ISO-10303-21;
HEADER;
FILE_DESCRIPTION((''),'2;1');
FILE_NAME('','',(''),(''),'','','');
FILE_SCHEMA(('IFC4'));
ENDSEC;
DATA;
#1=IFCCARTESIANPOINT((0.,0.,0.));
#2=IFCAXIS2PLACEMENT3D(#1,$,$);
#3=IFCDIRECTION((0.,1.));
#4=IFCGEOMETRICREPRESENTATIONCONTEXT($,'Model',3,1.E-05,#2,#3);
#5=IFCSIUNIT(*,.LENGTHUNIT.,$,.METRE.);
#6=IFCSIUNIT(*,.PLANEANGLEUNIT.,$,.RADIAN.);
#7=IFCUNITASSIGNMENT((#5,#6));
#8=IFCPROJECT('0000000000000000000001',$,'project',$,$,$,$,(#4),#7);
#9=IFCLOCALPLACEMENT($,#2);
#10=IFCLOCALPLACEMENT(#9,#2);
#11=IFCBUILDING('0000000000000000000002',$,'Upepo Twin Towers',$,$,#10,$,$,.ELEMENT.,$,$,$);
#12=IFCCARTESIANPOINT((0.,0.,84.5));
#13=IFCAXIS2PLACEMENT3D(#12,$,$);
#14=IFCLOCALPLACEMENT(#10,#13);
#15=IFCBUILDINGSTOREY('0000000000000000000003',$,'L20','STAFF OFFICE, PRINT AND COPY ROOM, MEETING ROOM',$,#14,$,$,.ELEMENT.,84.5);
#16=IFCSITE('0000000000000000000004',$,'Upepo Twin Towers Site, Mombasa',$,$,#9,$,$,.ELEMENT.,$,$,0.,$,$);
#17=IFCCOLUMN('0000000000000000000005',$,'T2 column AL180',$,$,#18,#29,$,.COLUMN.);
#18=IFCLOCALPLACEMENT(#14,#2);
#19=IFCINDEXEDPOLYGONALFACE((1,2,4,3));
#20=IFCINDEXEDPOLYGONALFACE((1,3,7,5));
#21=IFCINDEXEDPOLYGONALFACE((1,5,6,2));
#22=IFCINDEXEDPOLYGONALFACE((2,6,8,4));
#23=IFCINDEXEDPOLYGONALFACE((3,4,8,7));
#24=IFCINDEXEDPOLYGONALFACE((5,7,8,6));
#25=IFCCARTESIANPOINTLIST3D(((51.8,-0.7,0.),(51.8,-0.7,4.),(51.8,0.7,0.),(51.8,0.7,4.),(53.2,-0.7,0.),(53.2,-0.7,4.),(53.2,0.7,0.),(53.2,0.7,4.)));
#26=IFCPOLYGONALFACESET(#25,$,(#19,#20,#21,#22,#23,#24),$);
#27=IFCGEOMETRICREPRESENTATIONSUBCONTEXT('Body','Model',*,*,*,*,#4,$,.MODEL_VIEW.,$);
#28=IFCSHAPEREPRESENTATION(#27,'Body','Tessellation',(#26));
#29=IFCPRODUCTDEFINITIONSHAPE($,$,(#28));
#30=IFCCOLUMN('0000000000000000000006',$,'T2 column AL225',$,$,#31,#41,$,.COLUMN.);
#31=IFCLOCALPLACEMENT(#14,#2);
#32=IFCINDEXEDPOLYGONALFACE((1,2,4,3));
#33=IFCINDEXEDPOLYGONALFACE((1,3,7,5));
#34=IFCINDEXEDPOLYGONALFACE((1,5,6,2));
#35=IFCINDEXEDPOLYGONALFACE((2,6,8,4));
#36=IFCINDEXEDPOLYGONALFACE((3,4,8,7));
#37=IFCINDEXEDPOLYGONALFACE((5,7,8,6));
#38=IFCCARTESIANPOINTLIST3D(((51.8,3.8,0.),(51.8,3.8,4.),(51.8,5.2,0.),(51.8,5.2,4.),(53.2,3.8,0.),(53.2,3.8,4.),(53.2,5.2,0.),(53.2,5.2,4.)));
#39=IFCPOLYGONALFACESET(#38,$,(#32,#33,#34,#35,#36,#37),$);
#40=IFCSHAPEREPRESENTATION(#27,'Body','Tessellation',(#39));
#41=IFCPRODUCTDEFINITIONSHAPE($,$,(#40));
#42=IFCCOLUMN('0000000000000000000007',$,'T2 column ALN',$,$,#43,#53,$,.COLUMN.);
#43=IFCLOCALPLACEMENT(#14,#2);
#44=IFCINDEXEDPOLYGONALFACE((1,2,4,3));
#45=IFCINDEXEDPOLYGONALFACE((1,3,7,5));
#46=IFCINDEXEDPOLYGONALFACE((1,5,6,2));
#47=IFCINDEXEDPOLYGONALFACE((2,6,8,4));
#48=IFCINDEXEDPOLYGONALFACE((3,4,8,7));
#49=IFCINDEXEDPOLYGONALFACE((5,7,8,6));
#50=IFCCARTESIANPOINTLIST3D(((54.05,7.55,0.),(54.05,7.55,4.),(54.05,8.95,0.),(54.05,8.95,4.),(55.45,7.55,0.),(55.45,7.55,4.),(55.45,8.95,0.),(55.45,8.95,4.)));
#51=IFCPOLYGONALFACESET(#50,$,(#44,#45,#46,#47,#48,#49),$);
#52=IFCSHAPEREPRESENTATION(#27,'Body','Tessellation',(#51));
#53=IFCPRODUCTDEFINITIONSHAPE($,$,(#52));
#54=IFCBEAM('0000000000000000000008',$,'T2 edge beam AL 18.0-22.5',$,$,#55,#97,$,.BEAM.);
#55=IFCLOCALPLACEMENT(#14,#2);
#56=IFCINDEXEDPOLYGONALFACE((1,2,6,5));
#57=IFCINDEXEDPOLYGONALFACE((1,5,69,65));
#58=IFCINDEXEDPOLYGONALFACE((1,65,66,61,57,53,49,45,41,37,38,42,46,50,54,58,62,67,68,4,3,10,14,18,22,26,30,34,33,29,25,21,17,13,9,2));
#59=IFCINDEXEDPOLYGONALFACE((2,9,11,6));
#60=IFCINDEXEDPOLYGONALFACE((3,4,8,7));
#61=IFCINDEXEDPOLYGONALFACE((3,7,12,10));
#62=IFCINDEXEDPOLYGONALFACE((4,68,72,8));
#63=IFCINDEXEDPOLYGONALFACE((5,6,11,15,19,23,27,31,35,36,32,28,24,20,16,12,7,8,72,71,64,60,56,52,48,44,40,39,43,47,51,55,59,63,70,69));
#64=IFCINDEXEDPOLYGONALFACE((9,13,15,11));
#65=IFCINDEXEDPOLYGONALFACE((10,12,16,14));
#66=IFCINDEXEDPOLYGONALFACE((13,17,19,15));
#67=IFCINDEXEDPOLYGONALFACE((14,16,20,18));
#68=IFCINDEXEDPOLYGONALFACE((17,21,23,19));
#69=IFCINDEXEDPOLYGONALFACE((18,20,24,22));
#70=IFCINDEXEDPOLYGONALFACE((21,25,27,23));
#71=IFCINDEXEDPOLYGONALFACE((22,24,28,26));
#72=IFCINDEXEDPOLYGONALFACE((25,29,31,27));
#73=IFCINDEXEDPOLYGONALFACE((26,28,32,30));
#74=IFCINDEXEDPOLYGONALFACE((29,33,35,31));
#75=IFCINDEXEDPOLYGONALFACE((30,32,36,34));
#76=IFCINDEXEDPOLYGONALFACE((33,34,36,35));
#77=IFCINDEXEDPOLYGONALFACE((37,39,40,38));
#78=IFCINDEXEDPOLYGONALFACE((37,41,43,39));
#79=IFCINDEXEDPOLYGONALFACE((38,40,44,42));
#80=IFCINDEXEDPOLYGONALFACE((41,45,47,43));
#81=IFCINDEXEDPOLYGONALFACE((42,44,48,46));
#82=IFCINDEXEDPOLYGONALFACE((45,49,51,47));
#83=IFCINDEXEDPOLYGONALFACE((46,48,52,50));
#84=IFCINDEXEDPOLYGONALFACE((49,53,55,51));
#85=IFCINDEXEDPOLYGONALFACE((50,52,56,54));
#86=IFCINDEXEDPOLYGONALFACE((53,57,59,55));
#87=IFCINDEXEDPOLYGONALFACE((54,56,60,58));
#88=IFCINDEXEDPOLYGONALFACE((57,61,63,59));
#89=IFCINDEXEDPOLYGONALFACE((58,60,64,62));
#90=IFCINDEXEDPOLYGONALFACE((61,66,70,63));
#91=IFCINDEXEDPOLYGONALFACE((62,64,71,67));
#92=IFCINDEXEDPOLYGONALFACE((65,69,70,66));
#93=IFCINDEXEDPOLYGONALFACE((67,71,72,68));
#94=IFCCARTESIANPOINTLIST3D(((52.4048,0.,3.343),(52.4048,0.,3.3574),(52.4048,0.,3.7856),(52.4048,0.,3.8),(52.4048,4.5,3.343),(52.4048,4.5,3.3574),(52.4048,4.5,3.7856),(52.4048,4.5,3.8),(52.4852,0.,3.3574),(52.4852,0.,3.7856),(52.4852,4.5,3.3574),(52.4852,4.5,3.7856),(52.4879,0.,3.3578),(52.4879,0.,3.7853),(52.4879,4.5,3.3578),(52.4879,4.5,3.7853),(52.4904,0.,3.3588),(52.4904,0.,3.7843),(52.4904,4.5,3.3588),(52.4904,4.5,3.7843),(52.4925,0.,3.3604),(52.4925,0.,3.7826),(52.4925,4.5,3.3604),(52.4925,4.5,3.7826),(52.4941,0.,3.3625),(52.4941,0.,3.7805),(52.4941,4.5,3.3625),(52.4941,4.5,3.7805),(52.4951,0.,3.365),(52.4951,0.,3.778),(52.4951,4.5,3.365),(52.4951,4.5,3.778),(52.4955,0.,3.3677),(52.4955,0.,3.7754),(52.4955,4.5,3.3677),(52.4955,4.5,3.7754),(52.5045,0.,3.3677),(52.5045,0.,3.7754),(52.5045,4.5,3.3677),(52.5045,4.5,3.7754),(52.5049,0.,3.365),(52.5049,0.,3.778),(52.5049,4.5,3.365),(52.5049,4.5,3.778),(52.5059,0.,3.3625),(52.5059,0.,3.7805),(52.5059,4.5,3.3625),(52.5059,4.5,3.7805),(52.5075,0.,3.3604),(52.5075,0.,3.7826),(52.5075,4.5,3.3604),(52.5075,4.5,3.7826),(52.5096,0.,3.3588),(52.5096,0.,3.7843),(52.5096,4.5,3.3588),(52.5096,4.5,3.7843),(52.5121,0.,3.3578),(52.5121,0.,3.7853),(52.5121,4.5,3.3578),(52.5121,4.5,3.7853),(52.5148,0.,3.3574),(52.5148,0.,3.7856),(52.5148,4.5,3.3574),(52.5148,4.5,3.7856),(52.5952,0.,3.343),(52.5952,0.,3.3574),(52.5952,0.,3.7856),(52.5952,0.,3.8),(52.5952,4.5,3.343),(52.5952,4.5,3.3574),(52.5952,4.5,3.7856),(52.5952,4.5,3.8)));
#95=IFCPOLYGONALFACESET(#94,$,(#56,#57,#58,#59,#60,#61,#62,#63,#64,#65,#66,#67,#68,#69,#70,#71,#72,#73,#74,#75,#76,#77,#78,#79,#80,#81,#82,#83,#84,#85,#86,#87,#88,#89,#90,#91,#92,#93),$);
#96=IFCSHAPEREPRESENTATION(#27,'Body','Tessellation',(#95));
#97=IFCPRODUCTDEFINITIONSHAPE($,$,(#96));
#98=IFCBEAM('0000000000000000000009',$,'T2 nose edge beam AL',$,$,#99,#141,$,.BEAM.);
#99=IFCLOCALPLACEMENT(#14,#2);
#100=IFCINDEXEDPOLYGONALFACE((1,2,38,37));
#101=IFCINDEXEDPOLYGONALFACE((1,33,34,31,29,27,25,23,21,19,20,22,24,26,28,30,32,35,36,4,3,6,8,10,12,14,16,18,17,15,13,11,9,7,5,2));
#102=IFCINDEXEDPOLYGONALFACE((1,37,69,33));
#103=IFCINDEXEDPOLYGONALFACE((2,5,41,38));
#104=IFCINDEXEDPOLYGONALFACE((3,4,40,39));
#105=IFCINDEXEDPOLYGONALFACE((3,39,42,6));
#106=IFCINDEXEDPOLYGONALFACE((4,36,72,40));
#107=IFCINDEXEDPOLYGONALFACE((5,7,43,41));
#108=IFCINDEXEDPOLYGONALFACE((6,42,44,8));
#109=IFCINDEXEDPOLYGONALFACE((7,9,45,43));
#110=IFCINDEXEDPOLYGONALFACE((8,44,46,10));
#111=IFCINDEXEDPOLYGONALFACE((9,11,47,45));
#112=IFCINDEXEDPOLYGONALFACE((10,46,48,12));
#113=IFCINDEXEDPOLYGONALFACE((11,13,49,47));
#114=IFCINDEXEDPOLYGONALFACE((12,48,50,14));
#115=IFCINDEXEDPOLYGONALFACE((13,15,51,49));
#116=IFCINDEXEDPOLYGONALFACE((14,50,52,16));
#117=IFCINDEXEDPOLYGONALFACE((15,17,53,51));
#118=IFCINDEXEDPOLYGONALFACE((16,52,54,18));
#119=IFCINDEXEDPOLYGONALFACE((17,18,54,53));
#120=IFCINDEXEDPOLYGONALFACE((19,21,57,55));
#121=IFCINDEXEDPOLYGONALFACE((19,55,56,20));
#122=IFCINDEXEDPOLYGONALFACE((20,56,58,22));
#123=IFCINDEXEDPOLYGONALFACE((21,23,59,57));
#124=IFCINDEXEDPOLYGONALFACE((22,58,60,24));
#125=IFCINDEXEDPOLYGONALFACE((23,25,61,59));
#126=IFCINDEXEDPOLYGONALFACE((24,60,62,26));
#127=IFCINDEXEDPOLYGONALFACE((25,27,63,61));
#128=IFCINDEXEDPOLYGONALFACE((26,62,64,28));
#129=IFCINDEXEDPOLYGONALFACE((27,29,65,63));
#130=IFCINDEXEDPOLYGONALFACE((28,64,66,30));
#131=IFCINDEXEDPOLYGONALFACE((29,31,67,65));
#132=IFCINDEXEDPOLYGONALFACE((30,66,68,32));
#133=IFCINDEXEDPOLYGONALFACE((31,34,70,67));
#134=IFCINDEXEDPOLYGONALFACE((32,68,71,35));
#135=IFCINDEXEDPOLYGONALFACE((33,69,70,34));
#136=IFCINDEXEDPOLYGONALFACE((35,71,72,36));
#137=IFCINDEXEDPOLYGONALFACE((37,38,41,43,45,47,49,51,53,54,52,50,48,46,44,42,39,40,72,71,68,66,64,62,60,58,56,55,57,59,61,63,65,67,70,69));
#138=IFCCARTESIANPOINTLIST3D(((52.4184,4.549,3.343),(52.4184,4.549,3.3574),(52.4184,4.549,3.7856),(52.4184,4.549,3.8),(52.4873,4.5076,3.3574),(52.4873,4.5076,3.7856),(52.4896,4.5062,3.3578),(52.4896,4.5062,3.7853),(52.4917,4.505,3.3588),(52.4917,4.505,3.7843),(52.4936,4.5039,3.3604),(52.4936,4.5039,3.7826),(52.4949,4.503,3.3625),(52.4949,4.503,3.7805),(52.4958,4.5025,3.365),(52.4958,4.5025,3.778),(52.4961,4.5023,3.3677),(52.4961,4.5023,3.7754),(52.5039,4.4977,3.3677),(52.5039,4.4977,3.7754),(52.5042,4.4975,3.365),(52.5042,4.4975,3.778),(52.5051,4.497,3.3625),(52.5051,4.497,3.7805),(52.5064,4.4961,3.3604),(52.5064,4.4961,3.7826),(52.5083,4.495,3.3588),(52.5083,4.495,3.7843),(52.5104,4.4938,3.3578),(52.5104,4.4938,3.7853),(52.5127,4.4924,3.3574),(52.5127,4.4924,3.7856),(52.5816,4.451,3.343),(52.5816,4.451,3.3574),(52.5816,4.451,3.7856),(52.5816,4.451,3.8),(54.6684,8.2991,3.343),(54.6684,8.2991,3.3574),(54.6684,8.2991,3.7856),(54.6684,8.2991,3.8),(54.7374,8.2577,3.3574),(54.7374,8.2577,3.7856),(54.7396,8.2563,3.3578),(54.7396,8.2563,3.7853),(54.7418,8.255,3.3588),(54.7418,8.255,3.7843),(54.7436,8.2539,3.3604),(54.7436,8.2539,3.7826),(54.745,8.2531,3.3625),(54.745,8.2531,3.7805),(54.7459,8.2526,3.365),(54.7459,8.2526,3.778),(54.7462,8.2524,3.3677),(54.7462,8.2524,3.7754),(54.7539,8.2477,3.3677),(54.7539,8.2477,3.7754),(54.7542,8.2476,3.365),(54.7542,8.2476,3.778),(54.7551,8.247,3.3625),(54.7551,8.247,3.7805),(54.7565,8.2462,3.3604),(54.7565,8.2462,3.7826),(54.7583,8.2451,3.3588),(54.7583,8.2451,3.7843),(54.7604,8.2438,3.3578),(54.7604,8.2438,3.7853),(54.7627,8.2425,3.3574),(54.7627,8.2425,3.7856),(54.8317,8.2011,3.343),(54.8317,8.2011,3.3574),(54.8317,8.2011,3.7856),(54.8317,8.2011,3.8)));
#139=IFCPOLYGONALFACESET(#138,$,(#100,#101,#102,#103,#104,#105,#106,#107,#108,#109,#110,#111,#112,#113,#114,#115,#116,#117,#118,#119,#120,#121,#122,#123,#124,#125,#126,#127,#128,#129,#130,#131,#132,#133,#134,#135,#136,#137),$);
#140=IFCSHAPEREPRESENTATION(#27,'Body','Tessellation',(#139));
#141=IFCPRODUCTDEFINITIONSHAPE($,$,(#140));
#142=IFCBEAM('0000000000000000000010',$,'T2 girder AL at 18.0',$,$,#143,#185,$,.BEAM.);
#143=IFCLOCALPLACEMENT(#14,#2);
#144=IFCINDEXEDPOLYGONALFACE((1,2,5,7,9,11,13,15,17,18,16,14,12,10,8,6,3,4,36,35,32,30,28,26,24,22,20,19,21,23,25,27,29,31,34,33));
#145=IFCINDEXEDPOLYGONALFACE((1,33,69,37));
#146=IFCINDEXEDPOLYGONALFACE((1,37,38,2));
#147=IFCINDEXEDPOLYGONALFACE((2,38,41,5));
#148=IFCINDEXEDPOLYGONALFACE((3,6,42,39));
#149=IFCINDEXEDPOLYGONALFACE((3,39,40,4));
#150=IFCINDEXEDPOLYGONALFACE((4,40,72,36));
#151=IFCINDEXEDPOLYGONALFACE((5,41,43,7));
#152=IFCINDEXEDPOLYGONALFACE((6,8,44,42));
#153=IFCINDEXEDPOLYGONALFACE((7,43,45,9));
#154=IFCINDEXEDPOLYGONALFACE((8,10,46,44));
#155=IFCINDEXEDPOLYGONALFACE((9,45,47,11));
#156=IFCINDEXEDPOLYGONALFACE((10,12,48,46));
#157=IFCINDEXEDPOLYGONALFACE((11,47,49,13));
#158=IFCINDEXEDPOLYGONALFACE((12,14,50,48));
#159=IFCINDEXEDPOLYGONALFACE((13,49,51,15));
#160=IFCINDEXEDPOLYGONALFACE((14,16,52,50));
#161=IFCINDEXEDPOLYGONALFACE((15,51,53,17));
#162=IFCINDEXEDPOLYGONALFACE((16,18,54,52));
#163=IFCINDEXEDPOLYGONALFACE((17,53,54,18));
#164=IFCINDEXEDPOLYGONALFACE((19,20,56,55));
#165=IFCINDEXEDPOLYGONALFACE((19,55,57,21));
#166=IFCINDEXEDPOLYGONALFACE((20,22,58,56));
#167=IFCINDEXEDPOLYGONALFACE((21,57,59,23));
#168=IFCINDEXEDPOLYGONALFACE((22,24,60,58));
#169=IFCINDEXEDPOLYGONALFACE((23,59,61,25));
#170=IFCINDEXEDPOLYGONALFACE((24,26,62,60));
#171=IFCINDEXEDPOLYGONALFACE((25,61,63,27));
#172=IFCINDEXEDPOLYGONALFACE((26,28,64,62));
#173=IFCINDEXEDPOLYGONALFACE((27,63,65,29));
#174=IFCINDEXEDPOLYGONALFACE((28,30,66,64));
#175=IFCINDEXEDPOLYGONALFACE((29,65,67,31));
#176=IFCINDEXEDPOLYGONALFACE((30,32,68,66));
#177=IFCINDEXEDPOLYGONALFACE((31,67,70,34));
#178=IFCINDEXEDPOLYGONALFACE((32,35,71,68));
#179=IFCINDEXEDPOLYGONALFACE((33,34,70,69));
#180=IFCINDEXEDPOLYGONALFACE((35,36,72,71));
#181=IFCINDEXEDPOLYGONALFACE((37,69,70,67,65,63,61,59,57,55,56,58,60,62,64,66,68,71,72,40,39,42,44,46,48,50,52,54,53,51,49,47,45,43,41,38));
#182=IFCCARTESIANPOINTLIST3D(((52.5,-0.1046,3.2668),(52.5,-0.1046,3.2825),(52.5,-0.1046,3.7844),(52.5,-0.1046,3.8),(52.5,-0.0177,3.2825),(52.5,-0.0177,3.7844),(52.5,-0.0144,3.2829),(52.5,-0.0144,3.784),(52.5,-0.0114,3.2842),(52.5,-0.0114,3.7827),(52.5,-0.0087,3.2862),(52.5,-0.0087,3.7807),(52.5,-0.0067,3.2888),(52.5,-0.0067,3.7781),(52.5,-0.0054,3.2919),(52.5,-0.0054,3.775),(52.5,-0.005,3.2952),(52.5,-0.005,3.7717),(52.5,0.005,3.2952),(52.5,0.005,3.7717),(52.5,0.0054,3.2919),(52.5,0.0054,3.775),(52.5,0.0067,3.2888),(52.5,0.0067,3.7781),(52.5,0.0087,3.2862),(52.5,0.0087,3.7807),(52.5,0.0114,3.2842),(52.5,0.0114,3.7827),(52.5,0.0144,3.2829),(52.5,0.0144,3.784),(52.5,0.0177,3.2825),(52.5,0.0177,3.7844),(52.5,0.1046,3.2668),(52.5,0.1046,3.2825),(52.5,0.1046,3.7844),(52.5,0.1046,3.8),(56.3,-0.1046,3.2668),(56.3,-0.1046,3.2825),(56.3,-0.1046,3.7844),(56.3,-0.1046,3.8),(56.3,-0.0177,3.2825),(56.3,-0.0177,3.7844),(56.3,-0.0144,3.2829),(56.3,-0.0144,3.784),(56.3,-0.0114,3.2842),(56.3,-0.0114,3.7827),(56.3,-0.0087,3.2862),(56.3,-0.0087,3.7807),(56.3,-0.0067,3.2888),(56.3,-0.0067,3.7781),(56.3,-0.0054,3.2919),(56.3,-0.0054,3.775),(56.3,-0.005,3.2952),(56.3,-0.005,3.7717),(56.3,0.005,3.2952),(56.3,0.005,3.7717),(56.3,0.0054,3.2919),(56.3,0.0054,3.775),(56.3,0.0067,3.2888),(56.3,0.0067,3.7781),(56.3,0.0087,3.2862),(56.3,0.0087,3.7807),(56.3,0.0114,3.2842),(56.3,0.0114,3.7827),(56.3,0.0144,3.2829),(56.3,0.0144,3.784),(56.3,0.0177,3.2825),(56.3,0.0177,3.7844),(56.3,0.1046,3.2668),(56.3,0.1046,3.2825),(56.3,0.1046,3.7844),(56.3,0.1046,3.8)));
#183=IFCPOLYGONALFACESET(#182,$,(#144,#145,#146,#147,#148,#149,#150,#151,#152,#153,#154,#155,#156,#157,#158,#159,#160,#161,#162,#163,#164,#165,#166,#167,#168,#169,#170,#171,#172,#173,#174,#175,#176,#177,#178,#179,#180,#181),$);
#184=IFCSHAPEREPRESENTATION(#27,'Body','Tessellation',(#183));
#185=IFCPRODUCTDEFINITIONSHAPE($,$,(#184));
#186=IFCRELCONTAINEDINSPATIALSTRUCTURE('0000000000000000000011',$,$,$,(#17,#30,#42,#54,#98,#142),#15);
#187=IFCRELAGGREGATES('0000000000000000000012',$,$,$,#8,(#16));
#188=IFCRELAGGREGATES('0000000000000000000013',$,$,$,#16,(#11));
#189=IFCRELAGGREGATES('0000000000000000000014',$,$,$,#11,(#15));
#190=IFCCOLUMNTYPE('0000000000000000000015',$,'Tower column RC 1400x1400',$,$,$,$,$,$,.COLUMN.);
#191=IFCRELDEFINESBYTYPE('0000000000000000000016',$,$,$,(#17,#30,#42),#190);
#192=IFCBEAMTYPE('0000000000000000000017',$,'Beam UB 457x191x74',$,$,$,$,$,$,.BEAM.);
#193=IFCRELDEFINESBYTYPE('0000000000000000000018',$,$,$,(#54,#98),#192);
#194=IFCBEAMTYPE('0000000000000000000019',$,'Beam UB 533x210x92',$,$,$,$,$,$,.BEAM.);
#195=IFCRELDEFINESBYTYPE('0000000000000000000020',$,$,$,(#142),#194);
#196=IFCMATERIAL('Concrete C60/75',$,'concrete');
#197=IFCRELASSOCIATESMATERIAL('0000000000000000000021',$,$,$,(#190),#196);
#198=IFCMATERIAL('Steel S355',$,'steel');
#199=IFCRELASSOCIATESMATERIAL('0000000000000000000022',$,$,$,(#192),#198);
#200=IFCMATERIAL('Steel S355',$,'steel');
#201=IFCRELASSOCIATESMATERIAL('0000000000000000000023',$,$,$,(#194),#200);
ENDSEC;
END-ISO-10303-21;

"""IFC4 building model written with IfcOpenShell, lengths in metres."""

from ifc_helpers import new_model, si_unit, direction, frame, origin, origin_2d, place, context, subcontext, project, spatial, rectangle, i_section, extrude, material, material_profile, profile_set, type_object, element, save


model = new_model("IFC4")

# Units and contexts
model_context = context("Model", 3, precision=1e-05, world=origin(), true_north=direction((0.0, 1.0)))
body_context = subcontext(model_context, "Body", "Model", "MODEL_VIEW")
ifc_project = project(units=[si_unit("LENGTHUNIT", "METRE"), si_unit("PLANEANGLEUNIT", "RADIAN")], contexts=[model_context])

# Site, building, storey
site_placement = place(None, origin())
site = spatial("IfcSite", under=ifc_project, at=site_placement, Name="Upepo Twin Towers Site, Mombasa", CompositionType="ELEMENT", RefElevation=0.0)
building_placement = place(site_placement, origin())
building = spatial("IfcBuilding", under=site, at=building_placement, Name="Upepo Twin Towers", CompositionType="ELEMENT")
storey_placement = place(building_placement, frame((0.0, 0.0, 84.5)))
storey = spatial("IfcBuildingStorey", under=building, at=storey_placement, Name="L20", Description="STAFF OFFICE, PRINT AND COPY ROOM, MEETING ROOM", CompositionType="ELEMENT", Elevation=84.5)

# Columns
ifc_material_1 = material(Name="Concrete C60/75", Category="concrete")
ifc_material_profile_1 = material_profile(ifc_material_1, rectangle(XDim=1.3999, YDim=1.3999, at=origin_2d()), Name="RC 1400x1400")
ifc_profile_set_1 = profile_set([ifc_material_profile_1], Name="Concrete C60/75")
column_type = type_object("IfcColumnType", Name="Tower column RC 1400x1400", PredefinedType="COLUMN", material=ifc_profile_set_1)
for number, where, z_axis, x_axis, name in (
    (1, (52.5, 0.0, 0.0), (0.0, 0.0, 1.0), (1.0, 0.0, 0.0), "T2 column AL180"),
    (2, (52.5, 4.5, 0.0), (0.0, 0.0, 1.0), (1.0, 0.0, 0.0), "T2 column AL225"),
    (3, (54.75, 8.25, 0.0), (0.0, 0.0, 1.0), (1.0, 0.0, 0.0), "T2 column ALN"),
):
    element("IfcColumn", number, at=place(storey_placement, frame(where, z_axis=z_axis, x_axis=x_axis)), inside=storey, type_object=column_type, Name=name, PredefinedType="COLUMN", context=body_context, shape_type="SweptSolid", body=[
        extrude(rectangle(XDim=1.3999, YDim=1.3999, at=origin_2d()), origin(), (0.0, 0.0, 1.0), 4.0),
    ])

# Beams
ifc_material_2 = material(Name="Steel S355", Category="steel")
ifc_material_profile_2 = material_profile(ifc_material_2, i_section(OverallWidth=0.1904, OverallDepth=0.457, WebThickness=0.009, FlangeThickness=0.0144, FilletRadius=0.0103, at=origin_2d()), Name="UB 457x191x74")
ifc_profile_set_2 = profile_set([ifc_material_profile_2], Name="Steel S355")
beam_type_1 = type_object("IfcBeamType", Name="Beam UB 457x191x74", PredefinedType="BEAM", material=ifc_profile_set_2)
beam_1_placement = place(storey_placement, frame((52.5, 0.0, 3.5715), z_axis=(0.0, 1.0, 0.0), x_axis=(-1.0, 0.0, 0.0)))
element("IfcBeam", 4, at=beam_1_placement, inside=storey, type_object=beam_type_1, Name="T2 edge beam AL 18.0-22.5", PredefinedType="BEAM", context=body_context, shape_type="SweptSolid", body=[
    extrude(i_section(OverallWidth=0.1904, OverallDepth=0.457, WebThickness=0.009, FlangeThickness=0.0144, FilletRadius=0.0103, at=origin_2d()), origin(), (0.0, 0.0, 1.0), 4.5),
])
beam_2_placement = place(storey_placement, frame((52.5, 4.5, 3.5715), z_axis=(0.514496, 0.857493, 0.0), x_axis=(-0.857493, 0.514496, 0.0)))
element("IfcBeam", 5, at=beam_2_placement, inside=storey, type_object=beam_type_1, Name="T2 nose edge beam AL", PredefinedType="BEAM", context=body_context, shape_type="SweptSolid", body=[
    extrude(i_section(OverallWidth=0.1904, OverallDepth=0.457, WebThickness=0.009, FlangeThickness=0.0144, FilletRadius=0.0103, at=origin_2d()), origin(), (0.0, 0.0, 1.0), 4.3733),
])
ifc_material_3 = material(Name="Steel S355", Category="steel")
ifc_material_profile_3 = material_profile(ifc_material_3, i_section(OverallWidth=0.2092, OverallDepth=0.5332, WebThickness=0.01, FlangeThickness=0.0156, FilletRadius=0.0127, at=origin_2d()), Name="UB 533x210x92")
ifc_profile_set_3 = profile_set([ifc_material_profile_3], Name="Steel S355")
beam_type_2 = type_object("IfcBeamType", Name="Beam UB 533x210x92", PredefinedType="BEAM", material=ifc_profile_set_3)
for number, where, z_axis, x_axis, name in (
    (6, (52.5, 0.0, 3.5334), (1.0, 0.0, 0.0), (0.0, 1.0, 0.0), "T2 girder AL at 18.0"),
):
    element("IfcBeam", number, at=place(storey_placement, frame(where, z_axis=z_axis, x_axis=x_axis)), inside=storey, type_object=beam_type_2, Name=name, PredefinedType="BEAM", context=body_context, shape_type="SweptSolid", body=[
        extrude(i_section(OverallWidth=0.2092, OverallDepth=0.5332, WebThickness=0.01, FlangeThickness=0.0156, FilletRadius=0.0127, at=origin_2d()), origin(), (0.0, 0.0, 1.0), 3.8),
    ])

save(model, "model.ifc")
